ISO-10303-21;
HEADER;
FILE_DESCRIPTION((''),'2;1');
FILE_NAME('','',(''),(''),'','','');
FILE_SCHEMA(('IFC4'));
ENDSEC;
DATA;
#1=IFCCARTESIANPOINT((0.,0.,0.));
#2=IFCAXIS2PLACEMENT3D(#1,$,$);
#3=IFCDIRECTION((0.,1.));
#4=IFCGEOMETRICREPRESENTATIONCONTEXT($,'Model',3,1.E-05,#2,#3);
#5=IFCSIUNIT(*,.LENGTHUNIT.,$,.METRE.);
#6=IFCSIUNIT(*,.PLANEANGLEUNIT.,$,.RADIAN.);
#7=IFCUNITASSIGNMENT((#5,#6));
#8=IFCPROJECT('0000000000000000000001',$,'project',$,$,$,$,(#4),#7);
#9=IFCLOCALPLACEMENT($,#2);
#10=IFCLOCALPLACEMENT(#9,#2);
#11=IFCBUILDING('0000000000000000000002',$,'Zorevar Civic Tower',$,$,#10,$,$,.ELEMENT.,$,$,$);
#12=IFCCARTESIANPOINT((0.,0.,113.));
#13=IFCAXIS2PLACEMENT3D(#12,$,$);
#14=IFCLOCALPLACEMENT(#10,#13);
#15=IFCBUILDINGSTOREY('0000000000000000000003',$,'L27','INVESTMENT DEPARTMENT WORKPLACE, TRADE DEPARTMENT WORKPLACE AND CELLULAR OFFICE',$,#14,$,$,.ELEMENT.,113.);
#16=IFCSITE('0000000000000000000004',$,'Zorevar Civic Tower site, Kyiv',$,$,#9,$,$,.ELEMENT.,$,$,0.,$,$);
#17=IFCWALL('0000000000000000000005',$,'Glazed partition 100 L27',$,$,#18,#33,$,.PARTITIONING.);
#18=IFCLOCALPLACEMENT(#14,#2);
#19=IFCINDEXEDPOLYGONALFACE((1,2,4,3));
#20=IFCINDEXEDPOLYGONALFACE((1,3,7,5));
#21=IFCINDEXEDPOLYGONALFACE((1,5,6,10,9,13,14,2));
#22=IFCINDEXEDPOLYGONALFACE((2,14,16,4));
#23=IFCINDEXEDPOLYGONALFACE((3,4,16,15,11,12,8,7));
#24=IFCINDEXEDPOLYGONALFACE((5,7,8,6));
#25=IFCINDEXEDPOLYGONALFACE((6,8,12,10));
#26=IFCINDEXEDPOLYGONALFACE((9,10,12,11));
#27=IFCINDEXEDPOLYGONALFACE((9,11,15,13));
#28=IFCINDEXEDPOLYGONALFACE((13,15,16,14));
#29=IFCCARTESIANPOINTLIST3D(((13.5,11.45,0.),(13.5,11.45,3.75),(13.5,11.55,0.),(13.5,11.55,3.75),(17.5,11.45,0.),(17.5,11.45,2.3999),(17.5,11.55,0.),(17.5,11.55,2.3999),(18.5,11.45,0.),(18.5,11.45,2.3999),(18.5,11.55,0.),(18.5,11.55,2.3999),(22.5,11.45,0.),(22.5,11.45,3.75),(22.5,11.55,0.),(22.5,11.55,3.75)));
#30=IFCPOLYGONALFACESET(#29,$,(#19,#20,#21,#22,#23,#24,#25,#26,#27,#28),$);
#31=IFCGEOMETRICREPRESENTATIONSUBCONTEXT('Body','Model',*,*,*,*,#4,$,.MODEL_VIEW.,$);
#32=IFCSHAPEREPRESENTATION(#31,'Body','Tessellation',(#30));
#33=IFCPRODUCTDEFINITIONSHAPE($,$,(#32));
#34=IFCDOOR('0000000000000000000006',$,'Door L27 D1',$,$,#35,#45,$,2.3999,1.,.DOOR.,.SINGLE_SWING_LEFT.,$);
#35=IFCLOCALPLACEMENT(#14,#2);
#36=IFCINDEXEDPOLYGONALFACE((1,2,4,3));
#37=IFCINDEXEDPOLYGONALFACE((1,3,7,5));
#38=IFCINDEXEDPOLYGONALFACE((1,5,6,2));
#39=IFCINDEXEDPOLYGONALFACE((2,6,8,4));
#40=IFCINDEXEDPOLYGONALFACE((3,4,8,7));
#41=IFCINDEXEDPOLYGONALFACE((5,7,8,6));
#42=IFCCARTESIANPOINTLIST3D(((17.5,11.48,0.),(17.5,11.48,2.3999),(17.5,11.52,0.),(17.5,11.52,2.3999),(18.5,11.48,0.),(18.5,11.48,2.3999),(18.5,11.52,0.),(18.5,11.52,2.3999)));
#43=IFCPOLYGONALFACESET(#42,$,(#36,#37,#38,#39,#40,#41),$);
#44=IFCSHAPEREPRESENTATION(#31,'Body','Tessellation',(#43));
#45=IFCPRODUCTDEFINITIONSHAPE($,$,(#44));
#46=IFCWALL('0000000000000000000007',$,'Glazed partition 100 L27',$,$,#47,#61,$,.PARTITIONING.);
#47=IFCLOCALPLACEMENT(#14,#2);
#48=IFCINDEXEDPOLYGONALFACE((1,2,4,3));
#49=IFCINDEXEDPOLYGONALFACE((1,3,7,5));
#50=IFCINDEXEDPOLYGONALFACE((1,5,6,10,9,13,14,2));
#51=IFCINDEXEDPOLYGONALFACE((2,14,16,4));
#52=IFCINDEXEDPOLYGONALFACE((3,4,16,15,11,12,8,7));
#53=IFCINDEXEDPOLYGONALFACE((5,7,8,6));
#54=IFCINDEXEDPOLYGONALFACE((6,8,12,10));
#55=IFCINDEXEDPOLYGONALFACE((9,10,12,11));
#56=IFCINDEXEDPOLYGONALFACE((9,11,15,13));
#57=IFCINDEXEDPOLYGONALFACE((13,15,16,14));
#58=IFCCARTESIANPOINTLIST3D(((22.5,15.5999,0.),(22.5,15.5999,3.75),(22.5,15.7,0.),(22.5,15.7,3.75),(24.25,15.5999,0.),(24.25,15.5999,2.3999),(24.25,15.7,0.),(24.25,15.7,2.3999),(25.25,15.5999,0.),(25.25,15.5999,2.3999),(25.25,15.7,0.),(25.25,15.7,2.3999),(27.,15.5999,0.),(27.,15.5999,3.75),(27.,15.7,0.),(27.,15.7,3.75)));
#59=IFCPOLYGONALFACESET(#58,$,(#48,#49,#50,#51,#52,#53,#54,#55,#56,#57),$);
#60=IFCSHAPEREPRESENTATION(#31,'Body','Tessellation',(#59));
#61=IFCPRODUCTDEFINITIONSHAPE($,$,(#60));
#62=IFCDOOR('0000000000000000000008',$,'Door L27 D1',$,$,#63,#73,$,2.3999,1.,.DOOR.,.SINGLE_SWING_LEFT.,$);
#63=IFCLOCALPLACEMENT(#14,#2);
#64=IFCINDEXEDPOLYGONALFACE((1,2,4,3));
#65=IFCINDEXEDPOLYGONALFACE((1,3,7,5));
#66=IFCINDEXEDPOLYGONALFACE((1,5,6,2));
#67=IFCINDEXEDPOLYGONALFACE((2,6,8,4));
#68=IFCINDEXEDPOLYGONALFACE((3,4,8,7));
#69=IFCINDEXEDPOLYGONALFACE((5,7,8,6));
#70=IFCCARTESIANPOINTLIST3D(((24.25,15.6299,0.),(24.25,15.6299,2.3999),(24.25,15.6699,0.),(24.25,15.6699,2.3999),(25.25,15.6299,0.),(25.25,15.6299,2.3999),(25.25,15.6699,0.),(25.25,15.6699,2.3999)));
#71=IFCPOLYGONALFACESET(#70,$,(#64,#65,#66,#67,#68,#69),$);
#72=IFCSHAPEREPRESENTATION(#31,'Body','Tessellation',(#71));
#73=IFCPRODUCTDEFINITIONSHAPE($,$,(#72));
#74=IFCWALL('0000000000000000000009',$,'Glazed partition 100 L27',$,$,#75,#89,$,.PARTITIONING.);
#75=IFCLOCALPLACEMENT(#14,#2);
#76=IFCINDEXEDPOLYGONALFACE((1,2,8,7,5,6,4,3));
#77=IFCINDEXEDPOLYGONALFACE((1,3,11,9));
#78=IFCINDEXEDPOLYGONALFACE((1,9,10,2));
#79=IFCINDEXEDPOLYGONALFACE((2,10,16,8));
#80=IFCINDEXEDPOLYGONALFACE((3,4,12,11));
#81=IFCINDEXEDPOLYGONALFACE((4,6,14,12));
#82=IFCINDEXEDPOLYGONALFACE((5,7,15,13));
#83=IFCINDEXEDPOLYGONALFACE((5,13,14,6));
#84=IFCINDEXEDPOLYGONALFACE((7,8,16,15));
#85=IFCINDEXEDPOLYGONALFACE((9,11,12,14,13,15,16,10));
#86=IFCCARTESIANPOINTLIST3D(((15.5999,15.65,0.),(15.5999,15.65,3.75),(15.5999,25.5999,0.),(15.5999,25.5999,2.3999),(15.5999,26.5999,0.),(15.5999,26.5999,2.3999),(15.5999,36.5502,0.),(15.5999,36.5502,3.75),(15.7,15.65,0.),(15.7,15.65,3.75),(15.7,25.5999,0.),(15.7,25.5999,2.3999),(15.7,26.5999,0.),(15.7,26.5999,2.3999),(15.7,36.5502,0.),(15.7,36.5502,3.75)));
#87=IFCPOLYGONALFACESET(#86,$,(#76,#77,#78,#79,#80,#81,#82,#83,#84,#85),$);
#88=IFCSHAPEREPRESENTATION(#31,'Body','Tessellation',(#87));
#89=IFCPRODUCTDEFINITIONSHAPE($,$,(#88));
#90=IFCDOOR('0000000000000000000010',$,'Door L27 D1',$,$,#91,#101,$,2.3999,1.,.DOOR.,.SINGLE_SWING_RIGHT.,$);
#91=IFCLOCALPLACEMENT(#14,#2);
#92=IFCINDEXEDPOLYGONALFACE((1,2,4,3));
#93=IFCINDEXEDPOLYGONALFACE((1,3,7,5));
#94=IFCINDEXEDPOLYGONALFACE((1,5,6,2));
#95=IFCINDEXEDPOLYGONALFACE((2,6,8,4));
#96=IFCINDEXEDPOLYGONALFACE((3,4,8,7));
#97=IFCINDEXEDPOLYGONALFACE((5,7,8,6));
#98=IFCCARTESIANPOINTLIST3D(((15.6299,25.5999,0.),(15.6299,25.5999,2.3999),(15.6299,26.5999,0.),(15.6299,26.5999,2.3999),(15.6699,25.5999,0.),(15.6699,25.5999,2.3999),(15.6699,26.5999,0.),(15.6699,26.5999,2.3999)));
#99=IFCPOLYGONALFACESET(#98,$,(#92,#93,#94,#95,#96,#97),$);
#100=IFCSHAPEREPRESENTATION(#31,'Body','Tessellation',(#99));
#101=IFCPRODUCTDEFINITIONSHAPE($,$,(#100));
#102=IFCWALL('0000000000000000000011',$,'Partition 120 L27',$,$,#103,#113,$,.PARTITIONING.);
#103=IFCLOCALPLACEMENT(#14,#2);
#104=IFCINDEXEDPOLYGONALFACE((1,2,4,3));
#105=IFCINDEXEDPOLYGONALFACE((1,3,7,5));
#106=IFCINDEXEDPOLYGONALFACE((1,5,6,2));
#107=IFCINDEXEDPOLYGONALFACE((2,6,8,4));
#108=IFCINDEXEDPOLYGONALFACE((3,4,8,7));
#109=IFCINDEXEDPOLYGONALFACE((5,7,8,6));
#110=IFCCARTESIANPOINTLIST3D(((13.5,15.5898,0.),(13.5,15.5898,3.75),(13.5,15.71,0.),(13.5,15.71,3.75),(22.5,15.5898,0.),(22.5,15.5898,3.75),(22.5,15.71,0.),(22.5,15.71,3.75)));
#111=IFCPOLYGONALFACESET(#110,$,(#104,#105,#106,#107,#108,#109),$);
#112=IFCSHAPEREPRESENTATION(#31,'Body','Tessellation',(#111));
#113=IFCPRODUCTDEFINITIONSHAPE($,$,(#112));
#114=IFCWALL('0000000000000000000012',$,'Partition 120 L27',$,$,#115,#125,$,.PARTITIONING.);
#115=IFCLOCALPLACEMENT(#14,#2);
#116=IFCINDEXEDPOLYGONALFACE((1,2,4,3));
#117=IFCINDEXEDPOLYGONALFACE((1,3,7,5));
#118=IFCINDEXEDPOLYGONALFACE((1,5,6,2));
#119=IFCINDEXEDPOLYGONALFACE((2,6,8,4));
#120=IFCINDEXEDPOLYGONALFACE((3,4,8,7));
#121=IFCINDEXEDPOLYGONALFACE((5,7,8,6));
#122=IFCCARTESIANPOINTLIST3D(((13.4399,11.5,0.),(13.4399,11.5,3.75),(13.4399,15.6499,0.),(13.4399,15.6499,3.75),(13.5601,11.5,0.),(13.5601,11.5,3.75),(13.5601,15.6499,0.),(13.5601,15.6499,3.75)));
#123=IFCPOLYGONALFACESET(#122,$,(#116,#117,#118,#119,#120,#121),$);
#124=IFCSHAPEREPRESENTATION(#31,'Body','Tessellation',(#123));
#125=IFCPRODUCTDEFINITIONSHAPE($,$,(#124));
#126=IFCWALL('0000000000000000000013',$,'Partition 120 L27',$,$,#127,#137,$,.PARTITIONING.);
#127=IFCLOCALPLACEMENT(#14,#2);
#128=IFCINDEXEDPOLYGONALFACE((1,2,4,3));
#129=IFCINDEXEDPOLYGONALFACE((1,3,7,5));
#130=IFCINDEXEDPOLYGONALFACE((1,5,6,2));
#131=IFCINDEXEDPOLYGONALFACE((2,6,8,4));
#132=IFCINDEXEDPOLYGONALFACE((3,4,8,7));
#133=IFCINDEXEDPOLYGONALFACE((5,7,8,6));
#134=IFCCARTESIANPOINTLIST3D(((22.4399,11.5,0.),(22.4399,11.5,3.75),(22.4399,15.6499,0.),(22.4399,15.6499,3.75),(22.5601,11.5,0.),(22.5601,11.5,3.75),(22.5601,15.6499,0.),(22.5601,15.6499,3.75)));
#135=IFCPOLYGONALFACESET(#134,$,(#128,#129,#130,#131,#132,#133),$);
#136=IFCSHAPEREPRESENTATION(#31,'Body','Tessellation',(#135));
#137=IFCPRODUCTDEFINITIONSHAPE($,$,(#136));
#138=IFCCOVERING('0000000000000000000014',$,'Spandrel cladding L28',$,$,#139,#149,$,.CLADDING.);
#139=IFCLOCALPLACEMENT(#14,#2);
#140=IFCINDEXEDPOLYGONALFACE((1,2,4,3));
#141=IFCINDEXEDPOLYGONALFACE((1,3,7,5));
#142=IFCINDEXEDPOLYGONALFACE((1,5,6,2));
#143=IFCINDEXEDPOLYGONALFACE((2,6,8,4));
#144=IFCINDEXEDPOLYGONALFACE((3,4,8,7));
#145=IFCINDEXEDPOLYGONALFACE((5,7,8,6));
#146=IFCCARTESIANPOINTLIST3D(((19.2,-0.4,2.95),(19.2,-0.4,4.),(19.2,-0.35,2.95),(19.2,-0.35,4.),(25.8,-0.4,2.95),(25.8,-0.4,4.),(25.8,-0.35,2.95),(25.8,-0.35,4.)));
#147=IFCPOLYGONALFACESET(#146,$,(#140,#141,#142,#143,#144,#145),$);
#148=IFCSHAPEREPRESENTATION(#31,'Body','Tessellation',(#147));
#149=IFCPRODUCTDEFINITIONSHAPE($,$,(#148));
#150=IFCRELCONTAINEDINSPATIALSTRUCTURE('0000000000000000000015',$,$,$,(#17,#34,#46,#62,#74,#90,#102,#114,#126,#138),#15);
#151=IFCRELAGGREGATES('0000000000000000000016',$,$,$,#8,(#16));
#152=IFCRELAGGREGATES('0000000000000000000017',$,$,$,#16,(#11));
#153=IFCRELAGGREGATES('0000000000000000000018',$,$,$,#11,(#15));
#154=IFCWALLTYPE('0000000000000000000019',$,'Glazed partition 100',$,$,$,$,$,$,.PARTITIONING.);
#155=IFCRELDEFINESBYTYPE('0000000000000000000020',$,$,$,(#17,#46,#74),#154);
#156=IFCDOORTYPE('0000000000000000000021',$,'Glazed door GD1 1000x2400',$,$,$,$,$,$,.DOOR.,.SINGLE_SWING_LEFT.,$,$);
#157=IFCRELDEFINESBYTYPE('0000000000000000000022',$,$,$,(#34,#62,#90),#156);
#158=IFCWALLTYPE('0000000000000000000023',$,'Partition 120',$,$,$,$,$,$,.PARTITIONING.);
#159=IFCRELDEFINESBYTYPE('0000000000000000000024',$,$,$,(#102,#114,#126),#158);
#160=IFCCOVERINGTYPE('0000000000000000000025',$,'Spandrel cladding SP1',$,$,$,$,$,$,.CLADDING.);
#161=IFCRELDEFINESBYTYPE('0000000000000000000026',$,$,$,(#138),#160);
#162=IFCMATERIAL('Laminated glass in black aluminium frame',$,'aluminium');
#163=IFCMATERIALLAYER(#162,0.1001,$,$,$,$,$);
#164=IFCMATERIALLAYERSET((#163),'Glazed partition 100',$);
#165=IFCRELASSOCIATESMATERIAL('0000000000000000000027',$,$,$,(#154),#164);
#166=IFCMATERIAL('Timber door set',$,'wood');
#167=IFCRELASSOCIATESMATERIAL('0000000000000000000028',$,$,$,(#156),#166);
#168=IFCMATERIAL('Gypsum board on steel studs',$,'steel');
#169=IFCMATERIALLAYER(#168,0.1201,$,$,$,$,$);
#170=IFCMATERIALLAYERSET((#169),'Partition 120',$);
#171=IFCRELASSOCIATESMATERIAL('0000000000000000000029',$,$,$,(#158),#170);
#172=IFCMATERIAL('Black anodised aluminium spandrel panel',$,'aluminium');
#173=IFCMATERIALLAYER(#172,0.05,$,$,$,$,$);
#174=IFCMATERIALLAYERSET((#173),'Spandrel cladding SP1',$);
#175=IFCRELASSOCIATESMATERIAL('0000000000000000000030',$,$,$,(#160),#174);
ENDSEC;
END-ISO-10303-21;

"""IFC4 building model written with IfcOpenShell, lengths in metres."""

from ifc_helpers import new_model, si_unit, direction, frame, frame_2d, origin, place, context, subcontext, project, spatial, rectangle, extrude, material, layer, layer_set, type_object, element, fill, save


model = new_model("IFC4")

# Units and contexts
model_context = context("Model", 3, precision=1e-05, world=origin(), true_north=direction((0.0, 1.0)))
body_context = subcontext(model_context, "Body", "Model", "MODEL_VIEW")
ifc_project = project(units=[si_unit("LENGTHUNIT", "METRE"), si_unit("PLANEANGLEUNIT", "RADIAN")], contexts=[model_context])

# Site, building, storey
site_placement = place(None, origin())
site = spatial("IfcSite", under=ifc_project, at=site_placement, Name="Zorevar Civic Tower site, Kyiv", CompositionType="ELEMENT", RefElevation=0.0)
building_placement = place(site_placement, origin())
building = spatial("IfcBuilding", under=site, at=building_placement, Name="Zorevar Civic Tower", CompositionType="ELEMENT")
storey_placement = place(building_placement, frame((0.0, 0.0, 113.0)))
storey = spatial("IfcBuildingStorey", under=building, at=storey_placement, Name="L27", Description="INVESTMENT DEPARTMENT WORKPLACE, TRADE DEPARTMENT WORKPLACE AND CELLULAR OFFICE", CompositionType="ELEMENT", Elevation=113.0)

# Walls, openings, doors
ifc_material_1 = material(Name="Laminated glass in black aluminium frame", Category="aluminium")
ifc_layer_1 = layer(ifc_material_1, 0.1001)
ifc_layer_set_1 = layer_set([ifc_layer_1], Name="Glazed partition 100")
wall_type_1 = type_object("IfcWallType", Name="Glazed partition 100", PredefinedType="PARTITIONING", material=ifc_layer_set_1)
wall_1_placement = place(storey_placement, frame((13.5, 11.5, 0.0), z_axis=(0.0, 0.0, 1.0), x_axis=(1.0, 0.0, 0.0)))
wall_1 = element("IfcWall", 1, at=wall_1_placement, inside=storey, type_object=wall_type_1, Name="Glazed partition 100 L27", PredefinedType="PARTITIONING", context=body_context, shape_type="SweptSolid", body=[
    extrude(rectangle(XDim=9.0, YDim=0.1001, at=frame_2d((4.5, 0.0))), origin(), (0.0, 0.0, 1.0), 3.75),
])
opening_1_placement = place(wall_1_placement, frame((4.0, 0.0, 0.0)))
opening_1 = element("IfcOpeningElement", 2, at=opening_1_placement, cuts=wall_1, PredefinedType="OPENING", context=body_context, shape_type="SweptSolid", body=[
    extrude(rectangle(XDim=1.0, YDim=2.3999, at=frame_2d((0.5, 1.2))), frame((0.0, 0.0601, 0.0), z_axis=(0.0, -1.0, 0.0), x_axis=(1.0, 0.0, 0.0)), (0.0, 0.0, 1.0), 0.1201),
])
ifc_material_2 = material(Name="Timber door set", Category="wood")
door_type = type_object("IfcDoorType", Name="Glazed door GD1 1000x2400", OperationType="SINGLE_SWING_LEFT", PredefinedType="DOOR", material=ifc_material_2)
door_1_placement = place(opening_1_placement, origin())
door_1 = element("IfcDoor", 3, at=door_1_placement, inside=storey, type_object=door_type, Name="Door L27 D1", OperationType="SINGLE_SWING_LEFT", OverallHeight=2.3999, OverallWidth=1.0, PredefinedType="DOOR", context=body_context, shape_type="SweptSolid", body=[
    extrude(rectangle(XDim=1.0, YDim=2.3999, at=frame_2d((0.5, 1.2))), frame((0.0, 0.02, 0.0), z_axis=(0.0, -1.0, 0.0), x_axis=(1.0, 0.0, 0.0)), (0.0, 0.0, 1.0), 0.04),
])
fill(opening_1, door_1)
wall_2_placement = place(storey_placement, frame((22.5, 15.6499, 0.0), z_axis=(0.0, 0.0, 1.0), x_axis=(1.0, 0.0, 0.0)))
wall_2 = element("IfcWall", 4, at=wall_2_placement, inside=storey, type_object=wall_type_1, Name="Glazed partition 100 L27", PredefinedType="PARTITIONING", context=body_context, shape_type="SweptSolid", body=[
    extrude(rectangle(XDim=4.5, YDim=0.1001, at=frame_2d((2.25, 0.0))), origin(), (0.0, 0.0, 1.0), 3.75),
])
opening_2_placement = place(wall_2_placement, frame((1.75, 0.0, 0.0)))
opening_2 = element("IfcOpeningElement", 5, at=opening_2_placement, cuts=wall_2, PredefinedType="OPENING", context=body_context, shape_type="SweptSolid", body=[
    extrude(rectangle(XDim=1.0, YDim=2.3999, at=frame_2d((0.5, 1.2))), frame((0.0, 0.0601, 0.0), z_axis=(0.0, -1.0, 0.0), x_axis=(1.0, 0.0, 0.0)), (0.0, 0.0, 1.0), 0.1201),
])
door_2_placement = place(opening_2_placement, origin())
door_2 = element("IfcDoor", 6, at=door_2_placement, inside=storey, type_object=door_type, Name="Door L27 D1", OperationType="SINGLE_SWING_LEFT", OverallHeight=2.3999, OverallWidth=1.0, PredefinedType="DOOR", context=body_context, shape_type="SweptSolid", body=[
    extrude(rectangle(XDim=1.0, YDim=2.3999, at=frame_2d((0.5, 1.2))), frame((0.0, 0.02, 0.0), z_axis=(0.0, -1.0, 0.0), x_axis=(1.0, 0.0, 0.0)), (0.0, 0.0, 1.0), 0.04),
])
fill(opening_2, door_2)
wall_3_placement = place(storey_placement, frame((15.6499, 15.6499, 0.0), z_axis=(0.0, 0.0, 1.0), x_axis=(0.0, 1.0, 0.0)))
wall_3 = element("IfcWall", 7, at=wall_3_placement, inside=storey, type_object=wall_type_1, Name="Glazed partition 100 L27", PredefinedType="PARTITIONING", context=body_context, shape_type="SweptSolid", body=[
    extrude(rectangle(XDim=20.9001, YDim=0.1001, at=frame_2d((10.4502, 0.0))), origin(), (0.0, 0.0, 1.0), 3.75),
])
opening_3_placement = place(wall_3_placement, frame((9.95, 0.0, 0.0)))
opening_3 = element("IfcOpeningElement", 8, at=opening_3_placement, cuts=wall_3, PredefinedType="OPENING", context=body_context, shape_type="SweptSolid", body=[
    extrude(rectangle(XDim=1.0, YDim=2.3999, at=frame_2d((0.5, 1.2))), frame((0.0, 0.0601, 0.0), z_axis=(0.0, -1.0, 0.0), x_axis=(1.0, 0.0, 0.0)), (0.0, 0.0, 1.0), 0.1201),
])
door_3_placement = place(opening_3_placement, origin())
door_3 = element("IfcDoor", 9, at=door_3_placement, inside=storey, type_object=door_type, Name="Door L27 D1", OperationType="SINGLE_SWING_RIGHT", OverallHeight=2.3999, OverallWidth=1.0, PredefinedType="DOOR", context=body_context, shape_type="SweptSolid", body=[
    extrude(rectangle(XDim=1.0, YDim=2.3999, at=frame_2d((0.5, 1.2))), frame((0.0, 0.02, 0.0), z_axis=(0.0, -1.0, 0.0), x_axis=(1.0, 0.0, 0.0)), (0.0, 0.0, 1.0), 0.04),
])
fill(opening_3, door_3)

# Walls
ifc_material_3 = material(Name="Gypsum board on steel studs", Category="steel")
ifc_layer_2 = layer(ifc_material_3, 0.1201)
ifc_layer_set_2 = layer_set([ifc_layer_2], Name="Partition 120")
wall_type_2 = type_object("IfcWallType", Name="Partition 120", PredefinedType="PARTITIONING", material=ifc_layer_set_2)
wall_4_placement = place(storey_placement, frame((13.5, 15.6499, 0.0), z_axis=(0.0, 0.0, 1.0), x_axis=(1.0, 0.0, 0.0)))
element("IfcWall", 10, at=wall_4_placement, inside=storey, type_object=wall_type_2, Name="Partition 120 L27", PredefinedType="PARTITIONING", context=body_context, shape_type="SweptSolid", body=[
    extrude(rectangle(XDim=9.0, YDim=0.1201, at=frame_2d((4.5, 0.0))), origin(), (0.0, 0.0, 1.0), 3.75),
])
for number, where, z_axis, x_axis, name in (
    (11, (13.5, 11.5, 0.0), (0.0, 0.0, 1.0), (0.0, 1.0, 0.0), "Partition 120 L27"),
    (12, (22.5, 11.5, 0.0), (0.0, 0.0, 1.0), (0.0, 1.0, 0.0), "Partition 120 L27"),
):
    element("IfcWall", number, at=place(storey_placement, frame(where, z_axis=z_axis, x_axis=x_axis)), inside=storey, type_object=wall_type_2, Name=name, PredefinedType="PARTITIONING", context=body_context, shape_type="SweptSolid", body=[
        extrude(rectangle(XDim=4.1499, YDim=0.1201, at=frame_2d((2.075, 0.0))), origin(), (0.0, 0.0, 1.0), 3.75),
    ])

# Covering
ifc_material_4 = material(Name="Black anodised aluminium spandrel panel", Category="aluminium")
ifc_layer_3 = layer(ifc_material_4, 0.05)
ifc_layer_set_3 = layer_set([ifc_layer_3], Name="Spandrel cladding SP1")
covering_type = type_object("IfcCoveringType", Name="Spandrel cladding SP1", PredefinedType="CLADDING", material=ifc_layer_set_3)
covering_placement = place(storey_placement, frame((19.2, -0.375, 2.95), z_axis=(0.0, 0.0, 1.0), x_axis=(1.0, 0.0, 0.0)))
element("IfcCovering", 13, at=covering_placement, inside=storey, type_object=covering_type, Name="Spandrel cladding L28", PredefinedType="CLADDING", context=body_context, shape_type="SweptSolid", body=[
    extrude(rectangle(XDim=6.6001, YDim=0.05, at=frame_2d((3.3, 0.0))), origin(), (0.0, 0.0, 1.0), 1.05),
])

save(model, "model.ifc")
